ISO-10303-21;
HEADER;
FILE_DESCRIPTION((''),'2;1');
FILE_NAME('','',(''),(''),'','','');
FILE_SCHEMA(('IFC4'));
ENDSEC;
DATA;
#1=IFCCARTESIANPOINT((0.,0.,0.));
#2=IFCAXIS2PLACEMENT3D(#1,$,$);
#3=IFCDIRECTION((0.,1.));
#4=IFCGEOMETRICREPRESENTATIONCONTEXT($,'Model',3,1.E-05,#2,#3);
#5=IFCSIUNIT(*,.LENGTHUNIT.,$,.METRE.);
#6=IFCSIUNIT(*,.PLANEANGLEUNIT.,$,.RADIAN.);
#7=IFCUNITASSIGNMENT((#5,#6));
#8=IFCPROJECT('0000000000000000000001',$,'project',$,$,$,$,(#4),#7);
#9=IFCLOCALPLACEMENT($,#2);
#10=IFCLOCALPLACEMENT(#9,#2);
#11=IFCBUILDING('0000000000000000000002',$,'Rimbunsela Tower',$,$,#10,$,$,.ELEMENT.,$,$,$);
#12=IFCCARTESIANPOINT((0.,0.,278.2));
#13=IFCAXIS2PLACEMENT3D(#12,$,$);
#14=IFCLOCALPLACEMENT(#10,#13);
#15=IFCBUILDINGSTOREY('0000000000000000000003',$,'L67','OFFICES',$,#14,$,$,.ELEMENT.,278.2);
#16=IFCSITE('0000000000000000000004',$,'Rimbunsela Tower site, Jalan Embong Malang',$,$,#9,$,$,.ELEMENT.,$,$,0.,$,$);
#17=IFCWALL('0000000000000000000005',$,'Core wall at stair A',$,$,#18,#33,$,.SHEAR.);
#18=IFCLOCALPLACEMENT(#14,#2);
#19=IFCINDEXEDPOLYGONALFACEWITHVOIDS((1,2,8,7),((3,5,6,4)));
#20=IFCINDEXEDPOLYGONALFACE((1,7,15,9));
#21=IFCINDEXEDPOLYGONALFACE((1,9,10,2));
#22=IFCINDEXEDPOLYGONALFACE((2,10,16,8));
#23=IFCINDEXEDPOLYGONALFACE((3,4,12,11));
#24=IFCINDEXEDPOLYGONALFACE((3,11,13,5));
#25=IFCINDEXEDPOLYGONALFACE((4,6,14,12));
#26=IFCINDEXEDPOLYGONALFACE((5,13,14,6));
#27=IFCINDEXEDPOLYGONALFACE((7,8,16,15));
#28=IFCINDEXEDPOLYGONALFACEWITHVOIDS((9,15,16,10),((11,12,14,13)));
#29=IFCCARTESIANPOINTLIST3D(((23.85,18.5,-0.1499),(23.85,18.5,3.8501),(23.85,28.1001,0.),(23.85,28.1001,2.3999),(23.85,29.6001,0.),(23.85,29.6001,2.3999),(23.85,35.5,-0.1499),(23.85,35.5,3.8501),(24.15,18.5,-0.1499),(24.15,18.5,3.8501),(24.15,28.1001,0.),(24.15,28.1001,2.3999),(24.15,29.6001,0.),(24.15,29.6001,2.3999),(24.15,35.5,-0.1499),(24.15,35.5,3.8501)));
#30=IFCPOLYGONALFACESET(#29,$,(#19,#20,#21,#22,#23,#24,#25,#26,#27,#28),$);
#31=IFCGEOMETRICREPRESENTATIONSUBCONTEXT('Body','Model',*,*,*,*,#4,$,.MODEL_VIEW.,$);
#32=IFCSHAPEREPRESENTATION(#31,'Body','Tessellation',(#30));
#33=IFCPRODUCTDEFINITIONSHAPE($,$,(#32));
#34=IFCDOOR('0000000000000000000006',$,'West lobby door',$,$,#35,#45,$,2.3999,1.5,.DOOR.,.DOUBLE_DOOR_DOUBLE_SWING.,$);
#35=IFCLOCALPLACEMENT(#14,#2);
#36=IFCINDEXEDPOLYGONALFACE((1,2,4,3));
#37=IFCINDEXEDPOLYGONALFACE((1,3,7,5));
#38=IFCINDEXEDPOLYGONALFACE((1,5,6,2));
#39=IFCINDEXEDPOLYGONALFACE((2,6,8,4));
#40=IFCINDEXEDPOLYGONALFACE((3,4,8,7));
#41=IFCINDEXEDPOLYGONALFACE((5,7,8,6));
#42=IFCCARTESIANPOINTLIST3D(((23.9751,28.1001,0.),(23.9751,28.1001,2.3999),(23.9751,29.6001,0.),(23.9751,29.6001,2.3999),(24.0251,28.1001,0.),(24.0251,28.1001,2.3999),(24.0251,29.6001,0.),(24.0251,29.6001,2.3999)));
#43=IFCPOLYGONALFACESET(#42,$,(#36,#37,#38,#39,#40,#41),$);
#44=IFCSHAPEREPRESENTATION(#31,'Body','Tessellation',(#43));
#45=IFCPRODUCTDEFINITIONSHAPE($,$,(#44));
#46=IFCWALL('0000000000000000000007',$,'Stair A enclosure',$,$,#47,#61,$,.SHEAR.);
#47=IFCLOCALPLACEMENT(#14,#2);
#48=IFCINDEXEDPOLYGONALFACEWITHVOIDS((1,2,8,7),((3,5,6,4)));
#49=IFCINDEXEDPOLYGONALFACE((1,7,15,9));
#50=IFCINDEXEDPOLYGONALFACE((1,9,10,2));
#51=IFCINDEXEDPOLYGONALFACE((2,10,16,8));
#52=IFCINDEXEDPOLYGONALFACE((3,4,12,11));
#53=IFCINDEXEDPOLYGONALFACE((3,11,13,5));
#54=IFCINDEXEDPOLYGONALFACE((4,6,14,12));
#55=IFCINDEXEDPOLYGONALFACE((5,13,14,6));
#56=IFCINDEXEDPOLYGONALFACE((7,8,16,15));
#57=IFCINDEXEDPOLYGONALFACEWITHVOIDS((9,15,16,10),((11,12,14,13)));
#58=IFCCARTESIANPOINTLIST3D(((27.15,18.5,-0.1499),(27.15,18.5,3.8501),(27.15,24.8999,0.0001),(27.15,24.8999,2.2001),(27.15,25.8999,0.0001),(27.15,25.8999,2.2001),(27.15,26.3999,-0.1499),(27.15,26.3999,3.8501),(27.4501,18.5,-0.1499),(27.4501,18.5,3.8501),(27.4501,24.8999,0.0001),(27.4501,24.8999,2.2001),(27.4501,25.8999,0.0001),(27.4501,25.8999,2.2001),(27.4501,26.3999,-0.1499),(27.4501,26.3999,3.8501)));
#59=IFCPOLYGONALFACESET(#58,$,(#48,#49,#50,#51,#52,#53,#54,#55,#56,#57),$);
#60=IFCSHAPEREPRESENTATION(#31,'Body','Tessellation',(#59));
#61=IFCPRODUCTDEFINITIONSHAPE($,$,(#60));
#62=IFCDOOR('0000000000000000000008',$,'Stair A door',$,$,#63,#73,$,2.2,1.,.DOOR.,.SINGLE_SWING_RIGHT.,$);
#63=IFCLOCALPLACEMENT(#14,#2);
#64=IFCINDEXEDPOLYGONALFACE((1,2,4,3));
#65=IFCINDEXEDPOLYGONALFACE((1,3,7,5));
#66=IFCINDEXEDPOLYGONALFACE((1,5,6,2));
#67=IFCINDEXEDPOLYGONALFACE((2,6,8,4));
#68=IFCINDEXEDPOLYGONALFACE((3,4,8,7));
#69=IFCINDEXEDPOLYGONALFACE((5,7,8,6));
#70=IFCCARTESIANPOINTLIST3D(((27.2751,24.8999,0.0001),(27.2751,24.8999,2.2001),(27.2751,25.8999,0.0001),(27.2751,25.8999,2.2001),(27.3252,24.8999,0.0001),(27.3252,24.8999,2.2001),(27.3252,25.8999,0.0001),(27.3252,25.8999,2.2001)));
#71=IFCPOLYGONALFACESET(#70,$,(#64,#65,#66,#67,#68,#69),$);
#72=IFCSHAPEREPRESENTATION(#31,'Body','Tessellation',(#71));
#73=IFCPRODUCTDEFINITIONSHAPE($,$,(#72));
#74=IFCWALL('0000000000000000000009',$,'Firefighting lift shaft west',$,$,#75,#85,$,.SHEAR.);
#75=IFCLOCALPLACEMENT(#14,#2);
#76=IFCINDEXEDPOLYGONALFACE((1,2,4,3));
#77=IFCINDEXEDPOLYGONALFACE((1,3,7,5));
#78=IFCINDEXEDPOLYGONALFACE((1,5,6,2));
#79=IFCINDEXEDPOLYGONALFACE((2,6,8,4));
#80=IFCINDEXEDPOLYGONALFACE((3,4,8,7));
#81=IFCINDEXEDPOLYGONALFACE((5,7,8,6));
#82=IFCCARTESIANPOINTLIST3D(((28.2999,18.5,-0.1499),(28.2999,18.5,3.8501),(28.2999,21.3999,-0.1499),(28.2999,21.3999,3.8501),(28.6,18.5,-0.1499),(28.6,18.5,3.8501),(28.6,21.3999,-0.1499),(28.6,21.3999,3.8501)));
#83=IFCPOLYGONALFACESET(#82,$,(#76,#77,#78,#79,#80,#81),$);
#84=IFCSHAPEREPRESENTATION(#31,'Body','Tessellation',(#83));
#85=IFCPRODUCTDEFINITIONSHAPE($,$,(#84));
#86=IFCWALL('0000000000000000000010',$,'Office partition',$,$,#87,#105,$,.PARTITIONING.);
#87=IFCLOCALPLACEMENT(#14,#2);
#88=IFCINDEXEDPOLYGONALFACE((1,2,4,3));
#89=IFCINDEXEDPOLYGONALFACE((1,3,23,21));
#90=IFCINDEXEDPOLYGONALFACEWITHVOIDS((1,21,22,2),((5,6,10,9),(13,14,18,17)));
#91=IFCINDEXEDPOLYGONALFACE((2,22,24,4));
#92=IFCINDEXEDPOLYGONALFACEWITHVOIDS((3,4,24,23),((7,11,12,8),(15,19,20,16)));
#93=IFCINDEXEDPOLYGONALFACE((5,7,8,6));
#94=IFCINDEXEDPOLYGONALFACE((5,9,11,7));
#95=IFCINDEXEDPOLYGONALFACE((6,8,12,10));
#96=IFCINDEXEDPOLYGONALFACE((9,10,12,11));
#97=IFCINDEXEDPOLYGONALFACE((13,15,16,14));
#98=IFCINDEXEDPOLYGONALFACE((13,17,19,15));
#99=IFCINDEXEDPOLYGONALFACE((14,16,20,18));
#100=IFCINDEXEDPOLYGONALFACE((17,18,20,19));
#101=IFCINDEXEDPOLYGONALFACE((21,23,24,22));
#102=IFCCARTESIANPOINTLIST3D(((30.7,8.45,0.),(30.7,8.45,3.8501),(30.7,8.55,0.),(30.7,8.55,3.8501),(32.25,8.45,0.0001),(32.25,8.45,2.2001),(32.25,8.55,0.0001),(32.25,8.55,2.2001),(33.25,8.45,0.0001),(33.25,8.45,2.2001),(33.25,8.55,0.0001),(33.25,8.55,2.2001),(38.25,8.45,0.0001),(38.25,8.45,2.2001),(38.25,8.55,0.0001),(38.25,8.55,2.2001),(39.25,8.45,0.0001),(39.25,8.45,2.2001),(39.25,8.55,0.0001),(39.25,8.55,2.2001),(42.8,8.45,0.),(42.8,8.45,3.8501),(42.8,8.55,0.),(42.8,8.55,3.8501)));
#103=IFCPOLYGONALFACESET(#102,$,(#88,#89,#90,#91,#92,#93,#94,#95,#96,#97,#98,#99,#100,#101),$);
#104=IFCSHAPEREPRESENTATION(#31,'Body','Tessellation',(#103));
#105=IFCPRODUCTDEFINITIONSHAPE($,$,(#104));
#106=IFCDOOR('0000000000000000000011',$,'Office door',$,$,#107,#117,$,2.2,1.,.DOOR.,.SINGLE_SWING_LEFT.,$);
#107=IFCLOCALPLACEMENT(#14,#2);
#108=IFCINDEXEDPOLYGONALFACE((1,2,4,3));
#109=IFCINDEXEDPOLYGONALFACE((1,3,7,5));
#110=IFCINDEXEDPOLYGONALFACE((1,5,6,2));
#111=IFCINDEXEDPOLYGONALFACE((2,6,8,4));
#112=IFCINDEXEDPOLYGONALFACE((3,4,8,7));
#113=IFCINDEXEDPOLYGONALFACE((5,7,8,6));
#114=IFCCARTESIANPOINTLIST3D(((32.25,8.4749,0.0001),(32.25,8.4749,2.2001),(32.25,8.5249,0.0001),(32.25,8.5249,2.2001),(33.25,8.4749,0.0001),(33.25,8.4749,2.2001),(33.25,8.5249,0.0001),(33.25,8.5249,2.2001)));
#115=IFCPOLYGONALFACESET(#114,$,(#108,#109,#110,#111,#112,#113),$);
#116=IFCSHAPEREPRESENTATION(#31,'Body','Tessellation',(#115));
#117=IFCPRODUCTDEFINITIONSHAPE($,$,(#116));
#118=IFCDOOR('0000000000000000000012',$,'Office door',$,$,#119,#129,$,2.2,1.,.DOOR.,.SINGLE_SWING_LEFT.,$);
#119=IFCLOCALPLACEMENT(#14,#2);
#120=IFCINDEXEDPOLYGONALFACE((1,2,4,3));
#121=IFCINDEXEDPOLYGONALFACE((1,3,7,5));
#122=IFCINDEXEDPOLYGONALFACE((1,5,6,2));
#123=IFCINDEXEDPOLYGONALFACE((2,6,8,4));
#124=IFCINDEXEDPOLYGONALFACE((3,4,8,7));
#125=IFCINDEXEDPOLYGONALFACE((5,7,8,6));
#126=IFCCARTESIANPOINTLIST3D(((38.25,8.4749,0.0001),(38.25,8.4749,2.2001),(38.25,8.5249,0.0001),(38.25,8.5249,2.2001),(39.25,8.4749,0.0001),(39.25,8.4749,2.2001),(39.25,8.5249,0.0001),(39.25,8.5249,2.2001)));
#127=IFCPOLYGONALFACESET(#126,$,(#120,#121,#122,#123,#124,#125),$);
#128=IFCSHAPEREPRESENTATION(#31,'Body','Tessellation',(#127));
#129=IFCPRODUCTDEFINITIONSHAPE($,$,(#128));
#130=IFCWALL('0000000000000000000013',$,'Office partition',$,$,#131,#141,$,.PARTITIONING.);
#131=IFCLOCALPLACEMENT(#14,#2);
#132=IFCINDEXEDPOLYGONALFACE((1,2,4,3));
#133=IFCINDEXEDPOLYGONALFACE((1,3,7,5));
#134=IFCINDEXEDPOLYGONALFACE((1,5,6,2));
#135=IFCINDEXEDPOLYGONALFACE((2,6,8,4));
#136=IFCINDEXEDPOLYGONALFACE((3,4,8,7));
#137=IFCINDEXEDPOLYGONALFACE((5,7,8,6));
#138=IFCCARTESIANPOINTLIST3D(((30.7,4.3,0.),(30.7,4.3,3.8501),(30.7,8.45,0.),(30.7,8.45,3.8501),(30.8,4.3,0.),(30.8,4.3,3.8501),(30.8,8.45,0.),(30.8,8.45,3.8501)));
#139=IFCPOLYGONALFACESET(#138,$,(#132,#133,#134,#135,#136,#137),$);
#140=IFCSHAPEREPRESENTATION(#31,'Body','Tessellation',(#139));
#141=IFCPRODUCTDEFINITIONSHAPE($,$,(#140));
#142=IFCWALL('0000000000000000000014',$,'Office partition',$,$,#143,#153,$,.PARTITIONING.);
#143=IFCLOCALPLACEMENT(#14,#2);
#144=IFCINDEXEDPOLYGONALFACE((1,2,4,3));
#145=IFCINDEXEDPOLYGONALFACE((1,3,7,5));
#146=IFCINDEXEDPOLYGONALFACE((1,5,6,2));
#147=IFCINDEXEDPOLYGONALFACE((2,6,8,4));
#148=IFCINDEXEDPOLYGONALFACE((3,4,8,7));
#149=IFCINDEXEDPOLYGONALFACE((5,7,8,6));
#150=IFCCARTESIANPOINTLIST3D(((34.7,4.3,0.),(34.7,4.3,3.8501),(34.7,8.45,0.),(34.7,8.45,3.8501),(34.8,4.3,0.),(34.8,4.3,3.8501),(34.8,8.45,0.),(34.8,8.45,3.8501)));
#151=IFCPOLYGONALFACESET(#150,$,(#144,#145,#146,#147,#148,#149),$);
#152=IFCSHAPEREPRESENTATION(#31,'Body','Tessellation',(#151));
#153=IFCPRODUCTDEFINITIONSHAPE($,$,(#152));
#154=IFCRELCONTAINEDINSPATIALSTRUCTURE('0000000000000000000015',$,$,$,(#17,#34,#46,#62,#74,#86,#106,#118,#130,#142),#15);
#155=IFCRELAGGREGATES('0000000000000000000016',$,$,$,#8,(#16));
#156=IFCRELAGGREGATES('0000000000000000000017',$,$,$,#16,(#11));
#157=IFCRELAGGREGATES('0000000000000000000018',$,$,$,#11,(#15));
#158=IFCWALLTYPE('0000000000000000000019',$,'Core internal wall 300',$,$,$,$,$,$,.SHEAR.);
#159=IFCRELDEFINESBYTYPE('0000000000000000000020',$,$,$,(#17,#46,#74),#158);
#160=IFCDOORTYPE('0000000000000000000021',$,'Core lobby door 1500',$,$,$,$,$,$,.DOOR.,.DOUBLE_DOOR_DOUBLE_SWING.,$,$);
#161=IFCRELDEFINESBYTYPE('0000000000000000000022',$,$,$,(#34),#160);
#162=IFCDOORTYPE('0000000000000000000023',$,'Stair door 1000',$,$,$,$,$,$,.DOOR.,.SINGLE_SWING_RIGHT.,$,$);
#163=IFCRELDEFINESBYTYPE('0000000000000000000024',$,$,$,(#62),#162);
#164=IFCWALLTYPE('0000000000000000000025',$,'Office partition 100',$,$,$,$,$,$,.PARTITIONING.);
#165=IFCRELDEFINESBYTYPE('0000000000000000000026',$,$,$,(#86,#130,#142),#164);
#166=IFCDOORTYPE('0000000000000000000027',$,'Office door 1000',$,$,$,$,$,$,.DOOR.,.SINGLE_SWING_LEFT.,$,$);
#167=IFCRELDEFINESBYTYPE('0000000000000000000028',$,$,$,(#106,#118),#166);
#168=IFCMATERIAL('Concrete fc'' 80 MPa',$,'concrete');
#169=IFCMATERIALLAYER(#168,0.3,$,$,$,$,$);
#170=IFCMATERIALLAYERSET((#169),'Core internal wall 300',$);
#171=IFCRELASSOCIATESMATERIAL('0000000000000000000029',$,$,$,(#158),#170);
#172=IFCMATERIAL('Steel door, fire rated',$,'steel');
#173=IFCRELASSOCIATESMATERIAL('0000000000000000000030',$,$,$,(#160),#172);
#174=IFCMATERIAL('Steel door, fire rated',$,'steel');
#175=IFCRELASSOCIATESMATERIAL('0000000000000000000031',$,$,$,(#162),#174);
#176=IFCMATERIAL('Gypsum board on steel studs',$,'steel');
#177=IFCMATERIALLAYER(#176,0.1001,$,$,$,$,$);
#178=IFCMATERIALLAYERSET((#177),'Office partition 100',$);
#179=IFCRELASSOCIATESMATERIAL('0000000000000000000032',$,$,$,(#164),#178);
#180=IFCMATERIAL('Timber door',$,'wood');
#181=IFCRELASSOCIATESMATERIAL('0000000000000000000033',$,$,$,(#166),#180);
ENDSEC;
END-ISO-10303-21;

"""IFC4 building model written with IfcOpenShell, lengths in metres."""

from ifc_helpers import new_model, si_unit, direction, frame, frame_2d, origin, place, context, subcontext, project, spatial, rectangle, extrude, material, layer, layer_set, type_object, element, fill, save


model = new_model("IFC4")

# Units and contexts
model_context = context("Model", 3, precision=1e-05, world=origin(), true_north=direction((0.0, 1.0)))
body_context = subcontext(model_context, "Body", "Model", "MODEL_VIEW")
ifc_project = project(units=[si_unit("LENGTHUNIT", "METRE"), si_unit("PLANEANGLEUNIT", "RADIAN")], contexts=[model_context])

# Site, building, storey
site_placement = place(None, origin())
site = spatial("IfcSite", under=ifc_project, at=site_placement, Name="Rimbunsela Tower site, Jalan Embong Malang", CompositionType="ELEMENT", RefElevation=0.0)
building_placement = place(site_placement, origin())
building = spatial("IfcBuilding", under=site, at=building_placement, Name="Rimbunsela Tower", CompositionType="ELEMENT")
storey_placement = place(building_placement, frame((0.0, 0.0, 278.2)))
storey = spatial("IfcBuildingStorey", under=building, at=storey_placement, Name="L67", Description="OFFICES", CompositionType="ELEMENT", Elevation=278.2)

# Walls, openings, doors
ifc_material_1 = material(Name="Concrete fc' 80 MPa", Category="concrete")
ifc_layer_1 = layer(ifc_material_1, 0.3)
ifc_layer_set_1 = layer_set([ifc_layer_1], Name="Core internal wall 300")
wall_type_1 = type_object("IfcWallType", Name="Core internal wall 300", PredefinedType="SHEAR", material=ifc_layer_set_1)
wall_1_placement = place(storey_placement, frame((24.0, 18.5, -0.1499), z_axis=(0.0, 0.0, 1.0), x_axis=(0.0, 1.0, 0.0)))
wall_1 = element("IfcWall", 1, at=wall_1_placement, inside=storey, type_object=wall_type_1, Name="Core wall at stair A", PredefinedType="SHEAR", context=body_context, shape_type="SweptSolid", body=[
    extrude(rectangle(XDim=17.0, YDim=0.3, at=frame_2d((8.5, 0.0))), origin(), (0.0, 0.0, 1.0), 4.0),
])
opening_1_placement = place(wall_1_placement, frame((9.6001, 0.0, 0.1499)))
opening_1 = element("IfcOpeningElement", 2, at=opening_1_placement, cuts=wall_1, PredefinedType="OPENING", context=body_context, shape_type="SweptSolid", body=[
    extrude(rectangle(XDim=1.5, YDim=2.3999, at=frame_2d((0.75, 1.2))), frame((0.0, 0.1599, 0.0), z_axis=(0.0, -1.0, 0.0), x_axis=(1.0, 0.0, 0.0)), (0.0, 0.0, 1.0), 0.3201),
])
ifc_material_2 = material(Name="Steel door, fire rated", Category="steel")
door_type_1 = type_object("IfcDoorType", Name="Core lobby door 1500", OperationType="DOUBLE_DOOR_DOUBLE_SWING", PredefinedType="DOOR", material=ifc_material_2)
door_1_placement = place(opening_1_placement, origin())
door_1 = element("IfcDoor", 3, at=door_1_placement, inside=storey, type_object=door_type_1, Name="West lobby door", OperationType="DOUBLE_DOOR_DOUBLE_SWING", OverallHeight=2.3999, OverallWidth=1.5, PredefinedType="DOOR", context=body_context, shape_type="SweptSolid", body=[
    extrude(rectangle(XDim=1.5, YDim=2.3999, at=frame_2d((0.75, 1.2))), frame((0.0, 0.0249, 0.0), z_axis=(0.0, -1.0, 0.0), x_axis=(1.0, 0.0, 0.0)), (0.0, 0.0, 1.0), 0.05),
])
fill(opening_1, door_1)
wall_2_placement = place(storey_placement, frame((27.3, 18.5, -0.1499), z_axis=(0.0, 0.0, 1.0), x_axis=(0.0, 1.0, 0.0)))
wall_2 = element("IfcWall", 4, at=wall_2_placement, inside=storey, type_object=wall_type_1, Name="Stair A enclosure", PredefinedType="SHEAR", context=body_context, shape_type="SweptSolid", body=[
    extrude(rectangle(XDim=7.8999, YDim=0.3, at=frame_2d((3.95, 0.0))), origin(), (0.0, 0.0, 1.0), 4.0),
])
opening_2_placement = place(wall_2_placement, frame((6.3999, 0.0, 0.1499)))
opening_2 = element("IfcOpeningElement", 5, at=opening_2_placement, cuts=wall_2, PredefinedType="OPENING", context=body_context, shape_type="SweptSolid", body=[
    extrude(rectangle(XDim=1.0, YDim=2.2, at=frame_2d((0.5, 1.1001))), frame((0.0, 0.1599, 0.0), z_axis=(0.0, -1.0, 0.0), x_axis=(1.0, 0.0, 0.0)), (0.0, 0.0, 1.0), 0.3201),
])
ifc_material_3 = material(Name="Steel door, fire rated", Category="steel")
door_type_2 = type_object("IfcDoorType", Name="Stair door 1000", OperationType="SINGLE_SWING_RIGHT", PredefinedType="DOOR", material=ifc_material_3)
door_2_placement = place(opening_2_placement, origin())
door_2 = element("IfcDoor", 6, at=door_2_placement, inside=storey, type_object=door_type_2, Name="Stair A door", OperationType="SINGLE_SWING_RIGHT", OverallHeight=2.2, OverallWidth=1.0, PredefinedType="DOOR", context=body_context, shape_type="SweptSolid", body=[
    extrude(rectangle(XDim=1.0, YDim=2.2, at=frame_2d((0.5, 1.1001))), frame((0.0, 0.0249, 0.0), z_axis=(0.0, -1.0, 0.0), x_axis=(1.0, 0.0, 0.0)), (0.0, 0.0, 1.0), 0.05),
])
fill(opening_2, door_2)

# Wall
wall_3_placement = place(storey_placement, frame((28.45, 18.5, -0.1499), z_axis=(0.0, 0.0, 1.0), x_axis=(0.0, 1.0, 0.0)))
element("IfcWall", 7, at=wall_3_placement, inside=storey, type_object=wall_type_1, Name="Firefighting lift shaft west", PredefinedType="SHEAR", context=body_context, shape_type="SweptSolid", body=[
    extrude(rectangle(XDim=2.8999, YDim=0.3, at=frame_2d((1.45, 0.0))), origin(), (0.0, 0.0, 1.0), 4.0),
])

# Wall, openings, doors
ifc_material_4 = material(Name="Gypsum board on steel studs", Category="steel")
ifc_layer_2 = layer(ifc_material_4, 0.1001)
ifc_layer_set_2 = layer_set([ifc_layer_2], Name="Office partition 100")
wall_type_2 = type_object("IfcWallType", Name="Office partition 100", PredefinedType="PARTITIONING", material=ifc_layer_set_2)
wall_4_placement = place(storey_placement, frame((30.7, 8.5, 0.0), z_axis=(0.0, 0.0, 1.0), x_axis=(1.0, 0.0, 0.0)))
wall_4 = element("IfcWall", 8, at=wall_4_placement, inside=storey, type_object=wall_type_2, Name="Office partition", PredefinedType="PARTITIONING", context=body_context, shape_type="SweptSolid", body=[
    extrude(rectangle(XDim=12.1001, YDim=0.1001, at=frame_2d((6.05, 0.0))), origin(), (0.0, 0.0, 1.0), 3.8501),
])
opening_3_placement = place(wall_4_placement, frame((1.55, 0.0, 0.0)))
opening_3 = element("IfcOpeningElement", 9, at=opening_3_placement, cuts=wall_4, PredefinedType="OPENING", context=body_context, shape_type="SweptSolid", body=[
    extrude(rectangle(XDim=1.0, YDim=2.2, at=frame_2d((0.5, 1.1001))), frame((0.0, 0.0601, 0.0), z_axis=(0.0, -1.0, 0.0), x_axis=(1.0, 0.0, 0.0)), (0.0, 0.0, 1.0), 0.1201),
])
opening_4_placement = place(wall_4_placement, frame((7.55, 0.0, 0.0)))
opening_4 = element("IfcOpeningElement", 10, at=opening_4_placement, cuts=wall_4, PredefinedType="OPENING", context=body_context, shape_type="SweptSolid", body=[
    extrude(rectangle(XDim=1.0, YDim=2.2, at=frame_2d((0.5, 1.1001))), frame((0.0, 0.0601, 0.0), z_axis=(0.0, -1.0, 0.0), x_axis=(1.0, 0.0, 0.0)), (0.0, 0.0, 1.0), 0.1201),
])
ifc_material_5 = material(Name="Timber door", Category="wood")
door_type_3 = type_object("IfcDoorType", Name="Office door 1000", OperationType="SINGLE_SWING_LEFT", PredefinedType="DOOR", material=ifc_material_5)
door_3_placement = place(opening_3_placement, origin())
door_3 = element("IfcDoor", 11, at=door_3_placement, inside=storey, type_object=door_type_3, Name="Office door", OperationType="SINGLE_SWING_LEFT", OverallHeight=2.2, OverallWidth=1.0, PredefinedType="DOOR", context=body_context, shape_type="SweptSolid", body=[
    extrude(rectangle(XDim=1.0, YDim=2.2, at=frame_2d((0.5, 1.1001))), frame((0.0, 0.0249, 0.0), z_axis=(0.0, -1.0, 0.0), x_axis=(1.0, 0.0, 0.0)), (0.0, 0.0, 1.0), 0.05),
])
fill(opening_3, door_3)
door_4_placement = place(opening_4_placement, origin())
door_4 = element("IfcDoor", 12, at=door_4_placement, inside=storey, type_object=door_type_3, Name="Office door", OperationType="SINGLE_SWING_LEFT", OverallHeight=2.2, OverallWidth=1.0, PredefinedType="DOOR", context=body_context, shape_type="SweptSolid", body=[
    extrude(rectangle(XDim=1.0, YDim=2.2, at=frame_2d((0.5, 1.1001))), frame((0.0, 0.0249, 0.0), z_axis=(0.0, -1.0, 0.0), x_axis=(1.0, 0.0, 0.0)), (0.0, 0.0, 1.0), 0.05),
])
fill(opening_4, door_4)

# Walls
for number, where, z_axis, x_axis, name in (
    (13, (30.75, 4.3, 0.0), (0.0, 0.0, 1.0), (0.0, 1.0, 0.0), "Office partition"),
    (14, (34.75, 4.3, 0.0), (0.0, 0.0, 1.0), (0.0, 1.0, 0.0), "Office partition"),
):
    element("IfcWall", number, at=place(storey_placement, frame(where, z_axis=z_axis, x_axis=x_axis)), inside=storey, type_object=wall_type_2, Name=name, PredefinedType="PARTITIONING", context=body_context, shape_type="SweptSolid", body=[
        extrude(rectangle(XDim=4.1499, YDim=0.1001, at=frame_2d((2.075, 0.0))), origin(), (0.0, 0.0, 1.0), 3.8501),
    ])

save(model, "model.ifc")
